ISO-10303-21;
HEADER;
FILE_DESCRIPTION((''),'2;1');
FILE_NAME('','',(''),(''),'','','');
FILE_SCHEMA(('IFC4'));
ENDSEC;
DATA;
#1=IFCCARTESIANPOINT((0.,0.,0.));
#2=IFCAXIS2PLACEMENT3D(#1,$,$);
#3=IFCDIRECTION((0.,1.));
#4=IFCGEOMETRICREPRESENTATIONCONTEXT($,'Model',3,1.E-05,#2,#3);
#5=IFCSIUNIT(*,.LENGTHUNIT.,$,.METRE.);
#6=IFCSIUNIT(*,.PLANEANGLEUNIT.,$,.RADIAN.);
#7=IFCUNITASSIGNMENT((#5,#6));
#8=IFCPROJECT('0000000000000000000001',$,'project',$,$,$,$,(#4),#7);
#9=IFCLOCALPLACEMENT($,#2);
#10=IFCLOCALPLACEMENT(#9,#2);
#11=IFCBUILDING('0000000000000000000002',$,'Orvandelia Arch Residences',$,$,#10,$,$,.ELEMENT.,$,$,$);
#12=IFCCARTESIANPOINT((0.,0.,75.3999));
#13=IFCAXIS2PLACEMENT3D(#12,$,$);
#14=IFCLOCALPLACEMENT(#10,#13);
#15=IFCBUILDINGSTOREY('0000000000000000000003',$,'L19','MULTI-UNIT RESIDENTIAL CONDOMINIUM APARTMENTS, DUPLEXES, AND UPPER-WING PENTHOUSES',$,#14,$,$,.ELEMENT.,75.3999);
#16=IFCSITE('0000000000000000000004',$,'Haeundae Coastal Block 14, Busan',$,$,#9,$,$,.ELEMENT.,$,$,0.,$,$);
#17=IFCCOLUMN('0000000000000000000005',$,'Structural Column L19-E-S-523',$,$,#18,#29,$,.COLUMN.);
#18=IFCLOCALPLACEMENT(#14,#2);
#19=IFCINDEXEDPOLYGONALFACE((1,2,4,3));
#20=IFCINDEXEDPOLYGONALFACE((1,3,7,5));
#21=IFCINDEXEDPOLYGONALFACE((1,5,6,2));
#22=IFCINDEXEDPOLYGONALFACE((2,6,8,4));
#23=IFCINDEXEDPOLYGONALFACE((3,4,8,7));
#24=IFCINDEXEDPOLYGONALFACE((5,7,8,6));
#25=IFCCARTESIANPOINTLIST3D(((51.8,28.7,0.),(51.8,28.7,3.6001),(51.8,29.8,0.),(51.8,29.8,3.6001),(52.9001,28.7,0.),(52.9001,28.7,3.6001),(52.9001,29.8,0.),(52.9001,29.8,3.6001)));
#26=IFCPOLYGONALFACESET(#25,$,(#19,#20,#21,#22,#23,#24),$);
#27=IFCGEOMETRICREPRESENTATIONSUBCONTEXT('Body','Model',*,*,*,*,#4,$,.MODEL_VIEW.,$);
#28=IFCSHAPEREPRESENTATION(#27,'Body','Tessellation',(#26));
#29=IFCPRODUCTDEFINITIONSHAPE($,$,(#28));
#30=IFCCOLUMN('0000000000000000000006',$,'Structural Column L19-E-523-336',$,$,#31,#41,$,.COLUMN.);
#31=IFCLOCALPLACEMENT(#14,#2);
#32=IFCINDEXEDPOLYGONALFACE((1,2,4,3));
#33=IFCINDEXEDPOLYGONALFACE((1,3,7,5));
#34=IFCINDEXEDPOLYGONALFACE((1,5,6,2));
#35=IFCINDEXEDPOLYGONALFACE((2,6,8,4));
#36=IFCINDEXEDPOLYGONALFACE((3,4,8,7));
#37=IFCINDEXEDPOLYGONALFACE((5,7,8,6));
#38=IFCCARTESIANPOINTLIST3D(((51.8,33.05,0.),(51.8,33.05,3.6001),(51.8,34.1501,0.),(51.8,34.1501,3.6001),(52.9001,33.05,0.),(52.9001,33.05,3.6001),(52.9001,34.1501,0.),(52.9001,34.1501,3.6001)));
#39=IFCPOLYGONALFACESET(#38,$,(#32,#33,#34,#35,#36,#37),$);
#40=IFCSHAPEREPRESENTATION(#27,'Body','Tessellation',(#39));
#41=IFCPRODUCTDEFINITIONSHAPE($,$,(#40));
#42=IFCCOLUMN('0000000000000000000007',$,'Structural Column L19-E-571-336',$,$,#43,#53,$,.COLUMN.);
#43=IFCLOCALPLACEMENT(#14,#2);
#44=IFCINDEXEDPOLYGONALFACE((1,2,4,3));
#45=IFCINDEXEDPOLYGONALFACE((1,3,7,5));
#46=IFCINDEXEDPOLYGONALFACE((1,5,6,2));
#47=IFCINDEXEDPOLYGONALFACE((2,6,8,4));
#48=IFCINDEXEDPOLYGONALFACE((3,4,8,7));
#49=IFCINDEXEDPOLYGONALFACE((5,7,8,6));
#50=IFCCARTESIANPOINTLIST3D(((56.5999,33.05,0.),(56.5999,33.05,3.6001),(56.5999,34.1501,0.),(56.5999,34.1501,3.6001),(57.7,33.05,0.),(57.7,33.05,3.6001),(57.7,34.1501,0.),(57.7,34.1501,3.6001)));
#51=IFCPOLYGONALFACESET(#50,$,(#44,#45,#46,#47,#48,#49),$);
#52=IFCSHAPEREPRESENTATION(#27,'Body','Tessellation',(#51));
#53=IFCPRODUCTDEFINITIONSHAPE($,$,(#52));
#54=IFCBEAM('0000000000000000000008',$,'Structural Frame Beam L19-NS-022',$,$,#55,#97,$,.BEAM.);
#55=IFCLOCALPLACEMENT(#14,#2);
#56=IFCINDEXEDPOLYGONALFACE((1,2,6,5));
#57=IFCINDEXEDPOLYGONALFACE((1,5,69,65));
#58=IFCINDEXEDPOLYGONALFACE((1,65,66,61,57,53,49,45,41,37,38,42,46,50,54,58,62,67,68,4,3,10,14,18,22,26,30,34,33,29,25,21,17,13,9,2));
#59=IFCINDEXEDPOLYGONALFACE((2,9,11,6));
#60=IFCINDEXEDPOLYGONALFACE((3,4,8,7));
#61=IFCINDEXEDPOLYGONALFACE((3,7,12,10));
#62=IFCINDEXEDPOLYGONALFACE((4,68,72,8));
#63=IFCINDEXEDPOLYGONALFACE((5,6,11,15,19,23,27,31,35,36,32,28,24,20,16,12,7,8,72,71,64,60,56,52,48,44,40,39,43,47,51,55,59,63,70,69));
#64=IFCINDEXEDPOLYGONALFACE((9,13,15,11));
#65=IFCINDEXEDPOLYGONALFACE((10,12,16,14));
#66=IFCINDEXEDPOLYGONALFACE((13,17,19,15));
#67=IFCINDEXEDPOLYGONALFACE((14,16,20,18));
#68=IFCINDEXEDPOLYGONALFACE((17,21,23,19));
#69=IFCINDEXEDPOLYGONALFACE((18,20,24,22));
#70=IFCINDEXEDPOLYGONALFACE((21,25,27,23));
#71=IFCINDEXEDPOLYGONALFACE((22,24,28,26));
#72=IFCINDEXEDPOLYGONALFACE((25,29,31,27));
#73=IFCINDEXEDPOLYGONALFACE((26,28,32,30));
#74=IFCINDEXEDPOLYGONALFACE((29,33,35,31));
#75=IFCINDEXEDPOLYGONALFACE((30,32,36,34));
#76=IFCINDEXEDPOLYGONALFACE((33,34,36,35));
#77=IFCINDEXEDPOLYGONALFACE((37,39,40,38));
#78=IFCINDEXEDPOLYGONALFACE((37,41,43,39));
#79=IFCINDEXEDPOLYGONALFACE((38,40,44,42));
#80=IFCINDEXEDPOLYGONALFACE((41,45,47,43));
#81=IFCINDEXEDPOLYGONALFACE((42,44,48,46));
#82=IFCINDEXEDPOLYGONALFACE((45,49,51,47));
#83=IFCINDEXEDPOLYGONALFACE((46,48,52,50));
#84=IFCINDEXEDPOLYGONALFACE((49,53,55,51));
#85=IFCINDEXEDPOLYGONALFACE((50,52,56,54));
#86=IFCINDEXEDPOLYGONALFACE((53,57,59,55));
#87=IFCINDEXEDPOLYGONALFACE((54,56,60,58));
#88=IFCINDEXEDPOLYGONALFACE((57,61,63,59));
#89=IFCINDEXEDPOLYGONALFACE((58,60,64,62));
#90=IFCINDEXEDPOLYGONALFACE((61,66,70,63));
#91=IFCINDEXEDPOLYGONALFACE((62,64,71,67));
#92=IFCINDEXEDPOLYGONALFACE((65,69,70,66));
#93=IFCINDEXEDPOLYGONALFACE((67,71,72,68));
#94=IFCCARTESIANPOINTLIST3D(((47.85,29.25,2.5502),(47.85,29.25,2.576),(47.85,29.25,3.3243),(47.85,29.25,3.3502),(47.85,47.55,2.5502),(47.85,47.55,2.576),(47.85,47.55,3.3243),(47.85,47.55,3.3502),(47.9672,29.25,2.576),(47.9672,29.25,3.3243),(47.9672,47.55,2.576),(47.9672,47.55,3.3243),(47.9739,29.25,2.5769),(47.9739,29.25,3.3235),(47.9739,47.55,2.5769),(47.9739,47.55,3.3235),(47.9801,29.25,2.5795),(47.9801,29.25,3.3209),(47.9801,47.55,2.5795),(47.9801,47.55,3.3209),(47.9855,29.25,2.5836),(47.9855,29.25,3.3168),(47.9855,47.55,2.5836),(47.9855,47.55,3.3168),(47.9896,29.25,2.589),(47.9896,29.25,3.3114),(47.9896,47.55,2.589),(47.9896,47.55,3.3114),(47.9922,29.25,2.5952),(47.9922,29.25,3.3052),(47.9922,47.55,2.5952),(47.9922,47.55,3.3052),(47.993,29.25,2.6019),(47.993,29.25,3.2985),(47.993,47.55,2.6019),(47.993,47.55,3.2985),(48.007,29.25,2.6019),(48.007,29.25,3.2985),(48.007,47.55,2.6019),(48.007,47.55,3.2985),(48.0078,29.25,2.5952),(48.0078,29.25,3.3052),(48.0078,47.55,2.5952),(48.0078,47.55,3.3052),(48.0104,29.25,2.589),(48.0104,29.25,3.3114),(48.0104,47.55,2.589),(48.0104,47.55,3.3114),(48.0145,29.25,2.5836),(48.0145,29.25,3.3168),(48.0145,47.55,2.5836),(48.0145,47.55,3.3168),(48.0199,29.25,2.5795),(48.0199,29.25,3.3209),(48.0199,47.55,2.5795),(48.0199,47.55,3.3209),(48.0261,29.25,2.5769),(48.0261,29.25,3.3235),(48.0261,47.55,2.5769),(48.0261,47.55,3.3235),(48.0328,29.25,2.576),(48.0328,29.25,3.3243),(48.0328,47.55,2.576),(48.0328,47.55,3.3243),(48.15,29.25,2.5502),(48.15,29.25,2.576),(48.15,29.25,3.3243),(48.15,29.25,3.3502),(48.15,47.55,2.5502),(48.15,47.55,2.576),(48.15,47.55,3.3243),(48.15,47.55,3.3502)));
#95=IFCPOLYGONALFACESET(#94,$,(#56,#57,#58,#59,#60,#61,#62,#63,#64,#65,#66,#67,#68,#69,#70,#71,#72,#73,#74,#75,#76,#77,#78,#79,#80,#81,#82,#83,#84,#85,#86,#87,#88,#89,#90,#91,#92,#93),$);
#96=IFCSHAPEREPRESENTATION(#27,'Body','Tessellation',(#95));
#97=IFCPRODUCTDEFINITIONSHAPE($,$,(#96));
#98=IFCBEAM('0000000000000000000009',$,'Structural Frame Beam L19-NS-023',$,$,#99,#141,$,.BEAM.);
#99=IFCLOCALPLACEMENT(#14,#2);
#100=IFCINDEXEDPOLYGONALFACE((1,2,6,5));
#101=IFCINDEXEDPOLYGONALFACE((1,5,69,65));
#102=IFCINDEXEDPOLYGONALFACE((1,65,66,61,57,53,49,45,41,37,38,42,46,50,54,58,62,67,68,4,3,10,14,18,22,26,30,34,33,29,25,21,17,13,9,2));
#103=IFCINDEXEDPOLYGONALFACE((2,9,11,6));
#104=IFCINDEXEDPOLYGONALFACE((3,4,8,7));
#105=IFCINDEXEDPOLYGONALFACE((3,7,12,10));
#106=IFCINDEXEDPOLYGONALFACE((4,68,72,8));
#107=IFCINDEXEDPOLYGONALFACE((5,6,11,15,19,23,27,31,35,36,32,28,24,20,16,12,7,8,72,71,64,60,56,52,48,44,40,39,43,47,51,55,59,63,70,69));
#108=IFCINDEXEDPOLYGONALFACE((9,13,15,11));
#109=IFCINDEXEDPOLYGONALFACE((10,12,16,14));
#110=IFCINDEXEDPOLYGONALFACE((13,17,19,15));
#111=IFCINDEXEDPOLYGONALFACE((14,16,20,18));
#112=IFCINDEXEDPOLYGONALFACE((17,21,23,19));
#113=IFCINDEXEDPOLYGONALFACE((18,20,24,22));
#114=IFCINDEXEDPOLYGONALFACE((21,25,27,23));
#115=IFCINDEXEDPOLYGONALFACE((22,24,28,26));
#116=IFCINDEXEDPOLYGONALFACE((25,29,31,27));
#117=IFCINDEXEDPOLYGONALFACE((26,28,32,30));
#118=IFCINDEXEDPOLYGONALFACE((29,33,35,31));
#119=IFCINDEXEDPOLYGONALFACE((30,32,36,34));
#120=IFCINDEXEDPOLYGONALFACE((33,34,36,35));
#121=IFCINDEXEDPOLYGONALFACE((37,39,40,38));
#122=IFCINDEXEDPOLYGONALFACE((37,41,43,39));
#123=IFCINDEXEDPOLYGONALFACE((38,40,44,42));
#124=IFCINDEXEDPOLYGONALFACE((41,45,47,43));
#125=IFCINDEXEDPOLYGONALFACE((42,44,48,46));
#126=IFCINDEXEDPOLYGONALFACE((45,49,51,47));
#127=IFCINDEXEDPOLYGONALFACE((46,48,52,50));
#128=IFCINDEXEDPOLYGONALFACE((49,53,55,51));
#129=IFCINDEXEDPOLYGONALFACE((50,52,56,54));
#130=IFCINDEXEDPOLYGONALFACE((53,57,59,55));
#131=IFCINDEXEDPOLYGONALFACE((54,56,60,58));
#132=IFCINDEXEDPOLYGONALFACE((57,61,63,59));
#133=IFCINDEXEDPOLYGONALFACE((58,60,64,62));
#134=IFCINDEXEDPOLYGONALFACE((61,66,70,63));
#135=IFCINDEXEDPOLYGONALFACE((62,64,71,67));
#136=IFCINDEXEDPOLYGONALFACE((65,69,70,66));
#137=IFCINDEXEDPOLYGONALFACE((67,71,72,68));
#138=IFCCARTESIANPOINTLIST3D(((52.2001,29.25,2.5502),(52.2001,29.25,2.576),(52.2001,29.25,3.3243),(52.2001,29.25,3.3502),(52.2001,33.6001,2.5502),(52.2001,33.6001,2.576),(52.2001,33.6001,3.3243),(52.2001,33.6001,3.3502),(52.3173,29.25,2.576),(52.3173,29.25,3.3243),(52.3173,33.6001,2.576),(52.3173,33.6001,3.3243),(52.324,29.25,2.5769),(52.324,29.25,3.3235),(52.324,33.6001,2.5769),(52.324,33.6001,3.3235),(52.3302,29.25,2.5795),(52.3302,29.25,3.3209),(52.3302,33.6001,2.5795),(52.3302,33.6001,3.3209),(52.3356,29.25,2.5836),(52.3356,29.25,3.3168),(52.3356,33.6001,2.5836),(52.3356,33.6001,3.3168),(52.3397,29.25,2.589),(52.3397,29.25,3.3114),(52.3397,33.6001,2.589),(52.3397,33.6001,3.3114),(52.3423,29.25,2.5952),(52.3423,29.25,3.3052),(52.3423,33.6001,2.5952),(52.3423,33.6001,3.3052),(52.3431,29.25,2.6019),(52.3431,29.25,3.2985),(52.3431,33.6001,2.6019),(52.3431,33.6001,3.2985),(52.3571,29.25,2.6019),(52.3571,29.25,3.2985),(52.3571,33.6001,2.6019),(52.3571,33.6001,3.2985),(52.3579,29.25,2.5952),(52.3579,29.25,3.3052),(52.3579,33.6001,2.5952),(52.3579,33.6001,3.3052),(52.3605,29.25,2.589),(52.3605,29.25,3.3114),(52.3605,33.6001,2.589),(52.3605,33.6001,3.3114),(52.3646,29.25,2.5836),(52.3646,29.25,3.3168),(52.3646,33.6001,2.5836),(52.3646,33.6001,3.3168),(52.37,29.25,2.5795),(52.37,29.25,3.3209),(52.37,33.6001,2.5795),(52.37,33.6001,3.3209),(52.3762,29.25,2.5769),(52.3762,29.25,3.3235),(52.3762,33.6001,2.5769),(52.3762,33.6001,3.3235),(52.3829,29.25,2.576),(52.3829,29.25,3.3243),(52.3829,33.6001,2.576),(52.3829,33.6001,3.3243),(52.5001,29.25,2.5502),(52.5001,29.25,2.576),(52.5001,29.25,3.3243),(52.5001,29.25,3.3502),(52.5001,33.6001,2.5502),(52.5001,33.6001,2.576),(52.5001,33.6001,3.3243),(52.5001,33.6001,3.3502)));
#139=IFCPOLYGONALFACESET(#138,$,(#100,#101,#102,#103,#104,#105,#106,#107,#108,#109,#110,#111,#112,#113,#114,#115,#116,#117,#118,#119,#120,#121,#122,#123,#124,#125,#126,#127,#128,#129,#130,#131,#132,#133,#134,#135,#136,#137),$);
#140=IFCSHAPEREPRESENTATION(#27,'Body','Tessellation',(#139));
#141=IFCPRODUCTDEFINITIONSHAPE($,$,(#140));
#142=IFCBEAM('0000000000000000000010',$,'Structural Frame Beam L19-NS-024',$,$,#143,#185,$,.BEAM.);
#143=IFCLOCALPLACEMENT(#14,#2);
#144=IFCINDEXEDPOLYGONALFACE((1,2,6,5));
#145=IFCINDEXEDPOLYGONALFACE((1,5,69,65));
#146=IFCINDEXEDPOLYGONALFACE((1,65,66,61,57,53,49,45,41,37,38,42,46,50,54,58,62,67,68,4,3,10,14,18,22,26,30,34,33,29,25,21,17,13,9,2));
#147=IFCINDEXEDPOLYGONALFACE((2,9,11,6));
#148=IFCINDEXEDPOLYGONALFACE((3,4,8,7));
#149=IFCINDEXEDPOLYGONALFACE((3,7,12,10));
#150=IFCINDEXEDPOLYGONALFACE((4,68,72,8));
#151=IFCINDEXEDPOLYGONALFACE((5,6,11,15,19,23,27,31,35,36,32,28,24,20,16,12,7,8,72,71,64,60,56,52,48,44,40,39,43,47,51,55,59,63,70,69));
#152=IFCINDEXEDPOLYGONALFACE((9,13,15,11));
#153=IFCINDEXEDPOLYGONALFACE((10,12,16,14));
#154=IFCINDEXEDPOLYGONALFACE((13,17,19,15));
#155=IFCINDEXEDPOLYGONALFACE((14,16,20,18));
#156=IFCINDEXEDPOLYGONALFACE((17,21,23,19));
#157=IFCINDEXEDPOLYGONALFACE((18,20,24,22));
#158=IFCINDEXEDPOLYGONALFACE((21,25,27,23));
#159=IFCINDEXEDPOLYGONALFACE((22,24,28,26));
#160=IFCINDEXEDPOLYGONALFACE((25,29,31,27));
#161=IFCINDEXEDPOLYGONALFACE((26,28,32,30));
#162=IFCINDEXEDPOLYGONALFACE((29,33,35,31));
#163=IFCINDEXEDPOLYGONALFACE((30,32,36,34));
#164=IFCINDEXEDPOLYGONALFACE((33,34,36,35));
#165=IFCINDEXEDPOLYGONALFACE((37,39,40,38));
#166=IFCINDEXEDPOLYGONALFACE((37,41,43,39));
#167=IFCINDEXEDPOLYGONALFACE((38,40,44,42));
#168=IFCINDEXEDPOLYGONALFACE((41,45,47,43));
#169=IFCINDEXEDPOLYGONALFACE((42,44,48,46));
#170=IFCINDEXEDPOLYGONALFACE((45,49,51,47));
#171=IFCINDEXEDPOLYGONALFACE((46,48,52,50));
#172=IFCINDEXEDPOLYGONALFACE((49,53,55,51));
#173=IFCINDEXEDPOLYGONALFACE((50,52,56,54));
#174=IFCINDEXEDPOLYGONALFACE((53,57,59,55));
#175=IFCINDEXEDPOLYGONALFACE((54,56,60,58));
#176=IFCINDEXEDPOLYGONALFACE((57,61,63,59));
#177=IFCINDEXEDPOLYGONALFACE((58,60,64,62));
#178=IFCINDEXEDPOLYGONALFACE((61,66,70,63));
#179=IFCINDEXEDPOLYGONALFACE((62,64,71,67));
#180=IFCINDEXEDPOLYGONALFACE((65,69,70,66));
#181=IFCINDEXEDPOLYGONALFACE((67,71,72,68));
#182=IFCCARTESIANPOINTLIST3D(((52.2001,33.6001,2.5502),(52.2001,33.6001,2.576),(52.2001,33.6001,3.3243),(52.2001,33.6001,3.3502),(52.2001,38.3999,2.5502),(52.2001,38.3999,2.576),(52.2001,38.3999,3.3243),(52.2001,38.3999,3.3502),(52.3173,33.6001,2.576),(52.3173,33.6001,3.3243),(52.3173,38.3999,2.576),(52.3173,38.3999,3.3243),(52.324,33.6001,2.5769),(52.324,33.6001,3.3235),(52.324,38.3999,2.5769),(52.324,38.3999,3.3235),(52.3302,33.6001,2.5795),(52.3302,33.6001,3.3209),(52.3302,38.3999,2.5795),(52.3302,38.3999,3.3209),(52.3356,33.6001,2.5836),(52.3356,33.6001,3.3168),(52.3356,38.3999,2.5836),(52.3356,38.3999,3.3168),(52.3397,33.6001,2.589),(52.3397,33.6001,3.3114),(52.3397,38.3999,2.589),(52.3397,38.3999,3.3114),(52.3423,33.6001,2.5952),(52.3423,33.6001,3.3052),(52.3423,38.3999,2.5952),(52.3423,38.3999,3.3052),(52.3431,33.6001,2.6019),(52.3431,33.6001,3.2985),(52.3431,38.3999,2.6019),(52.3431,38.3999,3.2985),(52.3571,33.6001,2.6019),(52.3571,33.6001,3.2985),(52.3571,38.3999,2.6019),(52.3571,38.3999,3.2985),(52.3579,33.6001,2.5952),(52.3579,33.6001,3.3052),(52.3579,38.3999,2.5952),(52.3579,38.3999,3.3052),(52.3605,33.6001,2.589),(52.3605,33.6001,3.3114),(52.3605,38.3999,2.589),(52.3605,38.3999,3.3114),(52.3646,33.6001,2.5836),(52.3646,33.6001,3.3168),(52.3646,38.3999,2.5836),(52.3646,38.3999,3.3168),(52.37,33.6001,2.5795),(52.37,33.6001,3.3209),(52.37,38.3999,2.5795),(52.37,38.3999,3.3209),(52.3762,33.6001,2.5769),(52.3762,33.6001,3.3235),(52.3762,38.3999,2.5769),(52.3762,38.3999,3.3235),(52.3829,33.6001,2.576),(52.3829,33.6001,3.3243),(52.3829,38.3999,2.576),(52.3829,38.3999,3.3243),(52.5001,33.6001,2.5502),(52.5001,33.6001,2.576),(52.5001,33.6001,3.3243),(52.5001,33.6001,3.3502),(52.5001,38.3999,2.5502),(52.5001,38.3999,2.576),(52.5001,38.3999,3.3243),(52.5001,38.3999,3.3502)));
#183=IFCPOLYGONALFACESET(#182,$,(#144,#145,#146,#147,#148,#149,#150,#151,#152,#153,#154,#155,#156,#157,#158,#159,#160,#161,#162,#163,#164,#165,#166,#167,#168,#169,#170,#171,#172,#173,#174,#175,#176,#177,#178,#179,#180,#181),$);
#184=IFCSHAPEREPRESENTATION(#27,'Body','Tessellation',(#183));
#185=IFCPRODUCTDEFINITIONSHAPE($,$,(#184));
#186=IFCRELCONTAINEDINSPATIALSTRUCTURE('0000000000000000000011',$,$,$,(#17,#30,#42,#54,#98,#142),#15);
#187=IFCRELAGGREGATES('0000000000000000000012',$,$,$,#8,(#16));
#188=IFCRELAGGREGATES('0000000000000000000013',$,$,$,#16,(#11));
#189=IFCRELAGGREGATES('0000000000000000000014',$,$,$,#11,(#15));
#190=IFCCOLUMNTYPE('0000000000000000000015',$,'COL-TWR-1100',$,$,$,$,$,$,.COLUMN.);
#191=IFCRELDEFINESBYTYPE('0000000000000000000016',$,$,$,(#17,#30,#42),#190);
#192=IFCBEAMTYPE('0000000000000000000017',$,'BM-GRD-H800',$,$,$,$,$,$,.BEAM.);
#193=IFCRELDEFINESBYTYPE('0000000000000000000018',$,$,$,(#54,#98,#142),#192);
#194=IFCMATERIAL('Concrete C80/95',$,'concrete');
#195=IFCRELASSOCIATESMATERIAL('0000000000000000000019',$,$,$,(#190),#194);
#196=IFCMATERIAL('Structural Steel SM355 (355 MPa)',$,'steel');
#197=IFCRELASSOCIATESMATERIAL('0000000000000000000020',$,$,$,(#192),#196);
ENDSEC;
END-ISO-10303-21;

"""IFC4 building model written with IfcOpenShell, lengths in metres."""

from ifc_helpers import new_model, si_unit, direction, frame, origin, origin_2d, place, context, subcontext, project, spatial, rectangle, i_section, extrude, material, material_profile, profile_set, type_object, element, save


model = new_model("IFC4")

# Units and contexts
model_context = context("Model", 3, precision=1e-05, world=origin(), true_north=direction((0.0, 1.0)))
body_context = subcontext(model_context, "Body", "Model", "MODEL_VIEW")
ifc_project = project(units=[si_unit("LENGTHUNIT", "METRE"), si_unit("PLANEANGLEUNIT", "RADIAN")], contexts=[model_context])

# Site, building, storey
site_placement = place(None, origin())
site = spatial("IfcSite", under=ifc_project, at=site_placement, Name="Haeundae Coastal Block 14, Busan", CompositionType="ELEMENT", RefElevation=0.0)
building_placement = place(site_placement, origin())
building = spatial("IfcBuilding", under=site, at=building_placement, Name="Orvandelia Arch Residences", CompositionType="ELEMENT")
storey_placement = place(building_placement, frame((0.0, 0.0, 75.3999)))
storey = spatial("IfcBuildingStorey", under=building, at=storey_placement, Name="L19", Description="MULTI-UNIT RESIDENTIAL CONDOMINIUM APARTMENTS, DUPLEXES, AND UPPER-WING PENTHOUSES", CompositionType="ELEMENT", Elevation=75.3999)

# Columns
ifc_material_1 = material(Name="Concrete C80/95", Category="concrete")
ifc_material_profile_1 = material_profile(ifc_material_1, rectangle(XDim=1.1001, YDim=1.1001, at=origin_2d()), Name="Concrete C80/95", Category="concrete")
ifc_profile_set_1 = profile_set([ifc_material_profile_1], Name="Concrete C80/95")
column_type = type_object("IfcColumnType", Name="COL-TWR-1100", PredefinedType="COLUMN", material=ifc_profile_set_1)
for number, where, z_axis, x_axis, name in (
    (1, (52.3501, 29.25, 0.0), (0.0, 0.0, 1.0), (1.0, 0.0, 0.0), "Structural Column L19-E-S-523"),
    (2, (52.3501, 33.6001, 0.0), (0.0, 0.0, 1.0), (1.0, 0.0, 0.0), "Structural Column L19-E-523-336"),
    (3, (57.1499, 33.6001, 0.0), (0.0, 0.0, 1.0), (1.0, 0.0, 0.0), "Structural Column L19-E-571-336"),
):
    element("IfcColumn", number, at=place(storey_placement, frame(where, z_axis=z_axis, x_axis=x_axis)), inside=storey, type_object=column_type, Name=name, PredefinedType="COLUMN", context=body_context, shape_type="SweptSolid", body=[
        extrude(rectangle(XDim=1.1001, YDim=1.1001, at=origin_2d()), origin(), (0.0, 0.0, 1.0), 3.6001),
    ])

# Beams
ifc_material_2 = material(Name="Structural Steel SM355 (355 MPa)", Category="steel")
ifc_material_profile_2 = material_profile(ifc_material_2, i_section(OverallWidth=0.3, OverallDepth=0.8, WebThickness=0.0139, FlangeThickness=0.0259, FilletRadius=0.0259, at=origin_2d()), Name="Structural Steel SM355 (355 MPa)", Category="steel")
ifc_profile_set_2 = profile_set([ifc_material_profile_2], Name="Structural Steel SM355 (355 MPa)")
beam_type = type_object("IfcBeamType", Name="BM-GRD-H800", PredefinedType="BEAM", material=ifc_profile_set_2)
beam_1_placement = place(storey_placement, frame((48.0, 29.25, 2.9502), z_axis=(0.0, 1.0, 0.0), x_axis=(-1.0, 0.0, 0.0)))
element("IfcBeam", 4, at=beam_1_placement, inside=storey, type_object=beam_type, Name="Structural Frame Beam L19-NS-022", PredefinedType="BEAM", context=body_context, shape_type="SweptSolid", body=[
    extrude(i_section(OverallWidth=0.3, OverallDepth=0.8, WebThickness=0.0139, FlangeThickness=0.0259, FilletRadius=0.0259, at=origin_2d()), origin(), (0.0, 0.0, 1.0), 18.3),
])
beam_2_placement = place(storey_placement, frame((52.3501, 29.25, 2.9502), z_axis=(0.0, 1.0, 0.0), x_axis=(-1.0, 0.0, 0.0)))
element("IfcBeam", 5, at=beam_2_placement, inside=storey, type_object=beam_type, Name="Structural Frame Beam L19-NS-023", PredefinedType="BEAM", context=body_context, shape_type="SweptSolid", body=[
    extrude(i_section(OverallWidth=0.3, OverallDepth=0.8, WebThickness=0.0139, FlangeThickness=0.0259, FilletRadius=0.0259, at=origin_2d()), origin(), (0.0, 0.0, 1.0), 4.3501),
])
for number, where, z_axis, x_axis, name in (
    (6, (52.3501, 33.6001, 2.9502), (0.0, 1.0, 0.0), (-1.0, 0.0, 0.0), "Structural Frame Beam L19-NS-024"),
):
    element("IfcBeam", number, at=place(storey_placement, frame(where, z_axis=z_axis, x_axis=x_axis)), inside=storey, type_object=beam_type, Name=name, PredefinedType="BEAM", context=body_context, shape_type="SweptSolid", body=[
        extrude(i_section(OverallWidth=0.3, OverallDepth=0.8, WebThickness=0.0139, FlangeThickness=0.0259, FilletRadius=0.0259, at=origin_2d()), origin(), (0.0, 0.0, 1.0), 4.7998),
    ])

save(model, "model.ifc")
